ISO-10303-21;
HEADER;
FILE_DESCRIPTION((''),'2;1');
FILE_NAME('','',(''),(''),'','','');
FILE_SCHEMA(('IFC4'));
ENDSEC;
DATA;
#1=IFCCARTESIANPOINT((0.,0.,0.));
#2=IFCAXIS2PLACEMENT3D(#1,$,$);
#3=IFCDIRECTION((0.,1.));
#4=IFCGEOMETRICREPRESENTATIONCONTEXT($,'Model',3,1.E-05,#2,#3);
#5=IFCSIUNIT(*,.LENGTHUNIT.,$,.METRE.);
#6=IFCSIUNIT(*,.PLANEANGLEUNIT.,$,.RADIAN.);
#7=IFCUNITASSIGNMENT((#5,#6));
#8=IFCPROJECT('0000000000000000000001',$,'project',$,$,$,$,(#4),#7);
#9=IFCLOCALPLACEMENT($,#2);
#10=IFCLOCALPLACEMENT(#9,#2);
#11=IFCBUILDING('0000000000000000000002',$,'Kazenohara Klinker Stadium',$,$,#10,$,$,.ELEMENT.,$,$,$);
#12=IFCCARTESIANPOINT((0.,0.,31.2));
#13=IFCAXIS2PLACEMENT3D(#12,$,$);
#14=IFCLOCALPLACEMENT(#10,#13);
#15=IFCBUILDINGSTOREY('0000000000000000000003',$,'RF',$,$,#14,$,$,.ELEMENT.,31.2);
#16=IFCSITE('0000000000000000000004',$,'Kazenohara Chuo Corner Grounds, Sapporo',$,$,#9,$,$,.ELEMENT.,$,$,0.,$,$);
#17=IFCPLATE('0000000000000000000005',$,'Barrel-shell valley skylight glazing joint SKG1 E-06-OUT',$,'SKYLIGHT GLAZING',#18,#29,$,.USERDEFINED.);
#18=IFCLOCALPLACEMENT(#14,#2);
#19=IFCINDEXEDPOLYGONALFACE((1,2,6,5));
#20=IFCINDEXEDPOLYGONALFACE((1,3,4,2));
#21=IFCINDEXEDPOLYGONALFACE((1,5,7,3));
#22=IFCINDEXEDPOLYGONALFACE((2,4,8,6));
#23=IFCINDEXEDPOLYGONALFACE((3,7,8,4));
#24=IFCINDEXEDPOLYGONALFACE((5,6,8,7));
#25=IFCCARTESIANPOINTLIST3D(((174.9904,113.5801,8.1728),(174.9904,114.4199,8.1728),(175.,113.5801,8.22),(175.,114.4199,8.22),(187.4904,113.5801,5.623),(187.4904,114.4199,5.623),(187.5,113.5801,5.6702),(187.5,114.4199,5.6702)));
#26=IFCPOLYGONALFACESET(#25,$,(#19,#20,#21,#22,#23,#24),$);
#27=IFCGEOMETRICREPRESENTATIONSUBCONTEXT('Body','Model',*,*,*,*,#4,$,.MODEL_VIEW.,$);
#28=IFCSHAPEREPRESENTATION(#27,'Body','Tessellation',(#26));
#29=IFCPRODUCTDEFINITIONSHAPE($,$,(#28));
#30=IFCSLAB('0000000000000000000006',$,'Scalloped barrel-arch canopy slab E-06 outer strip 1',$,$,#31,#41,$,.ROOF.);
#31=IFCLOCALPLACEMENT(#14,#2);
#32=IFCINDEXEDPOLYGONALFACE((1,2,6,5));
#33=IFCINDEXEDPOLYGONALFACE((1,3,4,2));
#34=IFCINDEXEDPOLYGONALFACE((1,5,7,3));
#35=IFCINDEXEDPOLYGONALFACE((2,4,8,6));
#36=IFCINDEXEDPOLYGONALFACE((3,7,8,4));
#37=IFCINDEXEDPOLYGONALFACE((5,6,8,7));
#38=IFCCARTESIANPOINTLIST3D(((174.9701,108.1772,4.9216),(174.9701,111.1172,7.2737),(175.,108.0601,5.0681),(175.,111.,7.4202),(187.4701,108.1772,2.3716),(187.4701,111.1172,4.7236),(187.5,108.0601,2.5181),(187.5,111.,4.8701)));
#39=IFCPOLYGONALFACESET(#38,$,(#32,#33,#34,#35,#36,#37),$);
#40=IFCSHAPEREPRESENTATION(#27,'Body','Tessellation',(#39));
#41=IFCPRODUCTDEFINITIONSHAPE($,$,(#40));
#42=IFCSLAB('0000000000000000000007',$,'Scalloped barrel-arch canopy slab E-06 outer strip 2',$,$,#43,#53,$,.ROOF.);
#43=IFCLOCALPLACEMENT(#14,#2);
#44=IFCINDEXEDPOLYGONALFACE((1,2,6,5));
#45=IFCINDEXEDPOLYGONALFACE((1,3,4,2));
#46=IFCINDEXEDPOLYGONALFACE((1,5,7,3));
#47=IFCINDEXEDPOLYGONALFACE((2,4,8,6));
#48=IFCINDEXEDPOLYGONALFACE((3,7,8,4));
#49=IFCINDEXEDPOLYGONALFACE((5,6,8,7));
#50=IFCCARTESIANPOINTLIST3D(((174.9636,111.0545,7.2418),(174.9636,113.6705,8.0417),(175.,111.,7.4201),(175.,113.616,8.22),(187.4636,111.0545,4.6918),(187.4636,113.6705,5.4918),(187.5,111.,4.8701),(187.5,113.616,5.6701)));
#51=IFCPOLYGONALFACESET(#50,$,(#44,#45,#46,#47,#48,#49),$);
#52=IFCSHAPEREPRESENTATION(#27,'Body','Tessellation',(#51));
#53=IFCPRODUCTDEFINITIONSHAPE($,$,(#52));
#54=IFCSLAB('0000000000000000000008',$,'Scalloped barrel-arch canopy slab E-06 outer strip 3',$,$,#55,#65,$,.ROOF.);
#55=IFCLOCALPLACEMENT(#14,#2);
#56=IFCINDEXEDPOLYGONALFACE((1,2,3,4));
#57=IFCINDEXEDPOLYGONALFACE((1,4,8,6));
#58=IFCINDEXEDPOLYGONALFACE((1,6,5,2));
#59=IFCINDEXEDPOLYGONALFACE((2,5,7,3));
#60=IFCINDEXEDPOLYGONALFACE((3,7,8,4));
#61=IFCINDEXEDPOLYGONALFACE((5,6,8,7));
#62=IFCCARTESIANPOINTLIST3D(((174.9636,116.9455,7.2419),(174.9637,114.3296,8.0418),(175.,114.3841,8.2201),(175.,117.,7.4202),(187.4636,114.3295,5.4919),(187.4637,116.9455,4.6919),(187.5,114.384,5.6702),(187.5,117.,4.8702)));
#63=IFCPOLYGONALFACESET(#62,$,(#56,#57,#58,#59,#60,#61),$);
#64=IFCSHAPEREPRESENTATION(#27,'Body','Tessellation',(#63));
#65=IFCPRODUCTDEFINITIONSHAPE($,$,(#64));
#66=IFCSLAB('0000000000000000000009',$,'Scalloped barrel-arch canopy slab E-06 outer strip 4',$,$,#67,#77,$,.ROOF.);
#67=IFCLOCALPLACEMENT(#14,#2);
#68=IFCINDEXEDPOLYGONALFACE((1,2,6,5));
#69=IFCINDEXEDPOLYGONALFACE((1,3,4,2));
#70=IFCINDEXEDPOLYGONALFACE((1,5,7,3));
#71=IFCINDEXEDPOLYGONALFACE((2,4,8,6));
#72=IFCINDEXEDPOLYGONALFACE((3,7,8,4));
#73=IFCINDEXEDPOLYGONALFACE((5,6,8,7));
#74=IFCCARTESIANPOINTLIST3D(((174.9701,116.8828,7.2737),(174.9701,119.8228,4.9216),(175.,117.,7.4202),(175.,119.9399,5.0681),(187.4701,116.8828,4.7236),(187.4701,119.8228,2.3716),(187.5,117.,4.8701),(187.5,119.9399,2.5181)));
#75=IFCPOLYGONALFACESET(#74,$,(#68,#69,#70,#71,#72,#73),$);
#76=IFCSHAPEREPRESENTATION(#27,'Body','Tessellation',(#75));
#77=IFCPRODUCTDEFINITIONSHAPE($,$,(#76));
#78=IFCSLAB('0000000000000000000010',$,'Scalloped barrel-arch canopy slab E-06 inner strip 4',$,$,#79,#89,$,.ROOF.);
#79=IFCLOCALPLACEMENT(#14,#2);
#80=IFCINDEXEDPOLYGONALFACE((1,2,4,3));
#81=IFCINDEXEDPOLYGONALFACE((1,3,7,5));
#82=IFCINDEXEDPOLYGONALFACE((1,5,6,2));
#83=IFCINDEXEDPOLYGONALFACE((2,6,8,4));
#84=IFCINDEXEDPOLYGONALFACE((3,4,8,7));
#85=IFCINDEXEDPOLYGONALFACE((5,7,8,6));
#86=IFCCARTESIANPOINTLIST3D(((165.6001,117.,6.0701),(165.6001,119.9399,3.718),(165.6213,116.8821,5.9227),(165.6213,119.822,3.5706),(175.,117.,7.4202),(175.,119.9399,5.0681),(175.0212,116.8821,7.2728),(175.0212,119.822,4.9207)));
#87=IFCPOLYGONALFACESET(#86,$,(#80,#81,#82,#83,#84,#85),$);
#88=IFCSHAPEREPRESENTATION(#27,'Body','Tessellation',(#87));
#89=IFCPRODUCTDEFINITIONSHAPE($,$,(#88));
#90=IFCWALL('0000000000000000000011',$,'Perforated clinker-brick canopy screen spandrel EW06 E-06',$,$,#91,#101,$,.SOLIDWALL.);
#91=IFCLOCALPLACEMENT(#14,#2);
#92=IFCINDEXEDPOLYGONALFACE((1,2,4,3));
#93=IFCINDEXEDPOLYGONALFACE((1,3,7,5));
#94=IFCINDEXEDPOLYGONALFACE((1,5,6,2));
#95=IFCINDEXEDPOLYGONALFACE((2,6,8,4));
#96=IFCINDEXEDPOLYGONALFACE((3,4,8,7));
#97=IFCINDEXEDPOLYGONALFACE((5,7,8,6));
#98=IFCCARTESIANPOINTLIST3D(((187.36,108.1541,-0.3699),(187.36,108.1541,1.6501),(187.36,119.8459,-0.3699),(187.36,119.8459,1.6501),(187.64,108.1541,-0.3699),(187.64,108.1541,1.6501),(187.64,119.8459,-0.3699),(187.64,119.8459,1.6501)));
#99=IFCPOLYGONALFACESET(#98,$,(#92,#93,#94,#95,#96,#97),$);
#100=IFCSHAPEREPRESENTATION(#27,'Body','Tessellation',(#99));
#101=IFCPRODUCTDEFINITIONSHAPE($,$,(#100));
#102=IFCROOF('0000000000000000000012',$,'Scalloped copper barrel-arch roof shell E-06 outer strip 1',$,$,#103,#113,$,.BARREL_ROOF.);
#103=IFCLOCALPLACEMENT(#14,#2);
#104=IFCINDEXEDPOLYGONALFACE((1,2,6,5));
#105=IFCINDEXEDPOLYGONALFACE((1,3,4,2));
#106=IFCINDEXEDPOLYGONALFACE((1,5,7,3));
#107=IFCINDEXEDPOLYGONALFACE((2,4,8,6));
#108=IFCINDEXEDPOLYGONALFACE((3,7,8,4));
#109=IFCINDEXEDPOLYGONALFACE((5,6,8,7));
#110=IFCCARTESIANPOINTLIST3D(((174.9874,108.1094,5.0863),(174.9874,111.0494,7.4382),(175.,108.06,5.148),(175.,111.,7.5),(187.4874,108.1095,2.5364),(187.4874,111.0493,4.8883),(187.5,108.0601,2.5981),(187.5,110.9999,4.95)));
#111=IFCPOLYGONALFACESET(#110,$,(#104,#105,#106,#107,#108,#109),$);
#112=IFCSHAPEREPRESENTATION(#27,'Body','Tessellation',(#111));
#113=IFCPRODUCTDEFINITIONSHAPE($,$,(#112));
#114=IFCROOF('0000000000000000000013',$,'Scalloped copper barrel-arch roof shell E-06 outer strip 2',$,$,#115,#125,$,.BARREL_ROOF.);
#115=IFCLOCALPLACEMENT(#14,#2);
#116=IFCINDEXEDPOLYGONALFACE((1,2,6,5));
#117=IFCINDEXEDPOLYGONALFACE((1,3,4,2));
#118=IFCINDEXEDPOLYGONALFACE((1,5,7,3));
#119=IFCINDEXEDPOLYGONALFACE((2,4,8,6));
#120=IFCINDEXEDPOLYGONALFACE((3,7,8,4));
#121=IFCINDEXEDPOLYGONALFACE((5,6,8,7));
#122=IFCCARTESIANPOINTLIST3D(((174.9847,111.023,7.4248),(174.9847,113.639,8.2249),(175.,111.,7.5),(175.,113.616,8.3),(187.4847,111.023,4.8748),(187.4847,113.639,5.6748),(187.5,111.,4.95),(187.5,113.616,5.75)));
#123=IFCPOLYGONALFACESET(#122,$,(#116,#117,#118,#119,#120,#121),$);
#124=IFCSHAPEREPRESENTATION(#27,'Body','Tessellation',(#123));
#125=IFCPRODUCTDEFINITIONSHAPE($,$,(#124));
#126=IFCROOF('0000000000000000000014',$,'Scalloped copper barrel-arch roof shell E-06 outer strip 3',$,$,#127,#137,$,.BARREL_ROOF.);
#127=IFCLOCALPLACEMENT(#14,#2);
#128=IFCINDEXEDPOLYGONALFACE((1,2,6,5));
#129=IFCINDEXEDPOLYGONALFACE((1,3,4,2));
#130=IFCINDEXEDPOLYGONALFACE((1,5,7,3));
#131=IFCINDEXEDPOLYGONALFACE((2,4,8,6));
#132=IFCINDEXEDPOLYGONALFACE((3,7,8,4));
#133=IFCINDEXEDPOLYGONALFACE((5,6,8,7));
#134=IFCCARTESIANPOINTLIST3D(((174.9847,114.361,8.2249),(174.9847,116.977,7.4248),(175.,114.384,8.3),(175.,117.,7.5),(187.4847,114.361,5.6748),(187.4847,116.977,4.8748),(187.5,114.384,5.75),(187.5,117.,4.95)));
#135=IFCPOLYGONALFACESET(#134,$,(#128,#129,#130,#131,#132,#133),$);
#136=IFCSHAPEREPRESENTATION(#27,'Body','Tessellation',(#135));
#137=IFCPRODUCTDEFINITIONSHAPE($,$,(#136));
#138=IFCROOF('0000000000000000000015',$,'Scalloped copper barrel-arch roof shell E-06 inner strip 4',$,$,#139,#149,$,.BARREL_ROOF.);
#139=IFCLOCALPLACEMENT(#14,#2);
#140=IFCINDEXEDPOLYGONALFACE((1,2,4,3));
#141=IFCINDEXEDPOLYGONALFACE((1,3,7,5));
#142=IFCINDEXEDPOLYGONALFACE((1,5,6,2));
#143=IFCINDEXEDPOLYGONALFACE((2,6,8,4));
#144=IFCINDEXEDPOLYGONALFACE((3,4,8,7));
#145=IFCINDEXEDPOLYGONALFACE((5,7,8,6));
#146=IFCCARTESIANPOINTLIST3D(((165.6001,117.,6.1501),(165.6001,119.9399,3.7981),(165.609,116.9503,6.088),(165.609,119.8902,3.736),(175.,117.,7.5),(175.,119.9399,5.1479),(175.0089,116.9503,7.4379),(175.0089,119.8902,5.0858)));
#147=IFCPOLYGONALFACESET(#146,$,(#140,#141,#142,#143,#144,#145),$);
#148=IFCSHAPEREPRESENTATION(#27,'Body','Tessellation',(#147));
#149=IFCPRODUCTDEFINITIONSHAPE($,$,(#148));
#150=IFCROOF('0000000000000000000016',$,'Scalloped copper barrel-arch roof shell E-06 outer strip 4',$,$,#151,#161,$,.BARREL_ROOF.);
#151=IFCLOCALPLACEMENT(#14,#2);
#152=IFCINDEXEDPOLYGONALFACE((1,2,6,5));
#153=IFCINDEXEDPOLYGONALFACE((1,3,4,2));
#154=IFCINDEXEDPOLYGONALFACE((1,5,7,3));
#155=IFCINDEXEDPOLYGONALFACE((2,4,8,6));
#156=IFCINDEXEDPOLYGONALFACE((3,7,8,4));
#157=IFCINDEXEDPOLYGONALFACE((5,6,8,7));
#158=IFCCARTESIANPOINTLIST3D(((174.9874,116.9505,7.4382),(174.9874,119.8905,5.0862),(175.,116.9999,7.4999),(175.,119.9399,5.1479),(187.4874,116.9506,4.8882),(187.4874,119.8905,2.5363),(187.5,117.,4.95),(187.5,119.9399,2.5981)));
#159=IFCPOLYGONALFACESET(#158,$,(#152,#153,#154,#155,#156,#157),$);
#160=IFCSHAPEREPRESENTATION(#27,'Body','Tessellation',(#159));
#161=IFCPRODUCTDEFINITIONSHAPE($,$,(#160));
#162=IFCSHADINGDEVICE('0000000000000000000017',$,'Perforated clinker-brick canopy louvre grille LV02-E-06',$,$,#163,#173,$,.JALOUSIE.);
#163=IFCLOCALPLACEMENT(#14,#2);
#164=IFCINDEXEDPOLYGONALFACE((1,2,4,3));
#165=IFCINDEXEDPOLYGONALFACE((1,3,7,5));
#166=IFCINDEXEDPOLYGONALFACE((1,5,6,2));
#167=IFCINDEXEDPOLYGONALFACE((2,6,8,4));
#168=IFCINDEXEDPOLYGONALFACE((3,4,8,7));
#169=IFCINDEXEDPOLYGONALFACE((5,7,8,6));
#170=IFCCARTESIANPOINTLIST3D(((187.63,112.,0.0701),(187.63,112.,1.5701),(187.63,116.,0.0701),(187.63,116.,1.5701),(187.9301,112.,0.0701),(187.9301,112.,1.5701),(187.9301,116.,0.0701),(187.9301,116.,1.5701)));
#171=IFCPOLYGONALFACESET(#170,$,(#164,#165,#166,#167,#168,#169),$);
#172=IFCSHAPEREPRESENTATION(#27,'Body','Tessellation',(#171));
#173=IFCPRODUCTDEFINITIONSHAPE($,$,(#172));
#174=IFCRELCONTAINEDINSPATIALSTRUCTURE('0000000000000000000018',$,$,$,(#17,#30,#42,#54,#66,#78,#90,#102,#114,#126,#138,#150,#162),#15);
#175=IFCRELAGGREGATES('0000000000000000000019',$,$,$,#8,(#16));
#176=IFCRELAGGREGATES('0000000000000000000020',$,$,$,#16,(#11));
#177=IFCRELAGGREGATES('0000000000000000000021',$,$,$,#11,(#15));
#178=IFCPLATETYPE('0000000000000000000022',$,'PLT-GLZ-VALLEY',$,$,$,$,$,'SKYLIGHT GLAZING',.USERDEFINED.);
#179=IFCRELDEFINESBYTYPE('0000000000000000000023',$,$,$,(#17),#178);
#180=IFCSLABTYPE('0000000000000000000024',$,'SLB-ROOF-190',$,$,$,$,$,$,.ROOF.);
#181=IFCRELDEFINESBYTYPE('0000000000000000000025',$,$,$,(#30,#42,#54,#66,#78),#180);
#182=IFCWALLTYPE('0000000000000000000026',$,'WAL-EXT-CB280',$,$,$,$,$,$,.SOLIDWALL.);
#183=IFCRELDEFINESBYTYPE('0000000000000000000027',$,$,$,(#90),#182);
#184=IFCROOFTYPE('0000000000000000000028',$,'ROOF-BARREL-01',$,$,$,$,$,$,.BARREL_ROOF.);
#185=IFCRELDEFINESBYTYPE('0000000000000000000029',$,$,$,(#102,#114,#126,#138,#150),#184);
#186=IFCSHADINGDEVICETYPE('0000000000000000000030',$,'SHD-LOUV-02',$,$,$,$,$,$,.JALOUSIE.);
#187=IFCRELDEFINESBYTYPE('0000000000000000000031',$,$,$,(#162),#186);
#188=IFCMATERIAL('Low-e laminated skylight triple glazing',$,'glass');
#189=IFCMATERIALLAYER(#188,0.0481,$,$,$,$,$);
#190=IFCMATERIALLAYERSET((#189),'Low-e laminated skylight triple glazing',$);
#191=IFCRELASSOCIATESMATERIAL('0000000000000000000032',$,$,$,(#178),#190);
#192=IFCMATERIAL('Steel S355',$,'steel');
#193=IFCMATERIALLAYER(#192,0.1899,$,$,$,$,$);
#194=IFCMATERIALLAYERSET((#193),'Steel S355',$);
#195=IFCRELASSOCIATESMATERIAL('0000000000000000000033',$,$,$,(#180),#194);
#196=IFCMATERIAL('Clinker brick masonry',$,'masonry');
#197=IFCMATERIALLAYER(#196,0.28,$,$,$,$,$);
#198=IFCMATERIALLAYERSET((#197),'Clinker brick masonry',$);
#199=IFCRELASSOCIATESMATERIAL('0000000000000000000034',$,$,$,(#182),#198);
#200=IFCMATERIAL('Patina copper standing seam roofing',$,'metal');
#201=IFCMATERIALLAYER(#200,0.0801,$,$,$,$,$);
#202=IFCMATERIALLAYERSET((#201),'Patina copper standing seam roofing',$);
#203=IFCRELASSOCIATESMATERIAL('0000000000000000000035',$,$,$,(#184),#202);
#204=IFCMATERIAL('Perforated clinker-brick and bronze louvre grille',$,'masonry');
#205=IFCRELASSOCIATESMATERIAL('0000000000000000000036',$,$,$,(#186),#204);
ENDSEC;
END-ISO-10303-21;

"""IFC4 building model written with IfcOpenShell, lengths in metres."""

from ifc_helpers import new_model, si_unit, direction, frame, frame_2d, origin, origin_2d, place, context, subcontext, project, spatial, polyline, rectangle, outline, extrude, material, layer, layer_set, type_object, element, save


model = new_model("IFC4")

# Units and contexts
model_context = context("Model", 3, precision=1e-05, world=origin(), true_north=direction((0.0, 1.0)))
body_context = subcontext(model_context, "Body", "Model", "MODEL_VIEW")
ifc_project = project(units=[si_unit("LENGTHUNIT", "METRE"), si_unit("PLANEANGLEUNIT", "RADIAN")], contexts=[model_context])

# Site, building, storey
site_placement = place(None, origin())
site = spatial("IfcSite", under=ifc_project, at=site_placement, Name="Kazenohara Chuo Corner Grounds, Sapporo", CompositionType="ELEMENT", RefElevation=0.0)
building_placement = place(site_placement, origin())
building = spatial("IfcBuilding", under=site, at=building_placement, Name="Kazenohara Klinker Stadium", CompositionType="ELEMENT")
storey_placement = place(building_placement, frame((0.0, 0.0, 31.2)))
storey = spatial("IfcBuildingStorey", under=building, at=storey_placement, Name="RF", CompositionType="ELEMENT", Elevation=31.2)

# Shared definitions
ifc_material_1 = material(Name="Steel S355", Category="steel")

# Plate
ifc_material_2 = material(Name="Low-e laminated skylight triple glazing", Category="glass")
ifc_layer_1 = layer(ifc_material_2, 0.0481)
ifc_layer_set_1 = layer_set([ifc_layer_1], Name="Low-e laminated skylight triple glazing")
plate_type_1 = type_object("IfcPlateType", Name="PLT-GLZ-VALLEY", ElementType="SKYLIGHT GLAZING", PredefinedType="USERDEFINED", material=ifc_layer_set_1)
plate_1_placement = place(storey_placement, frame((187.5, 113.5801, 5.6702), z_axis=(0.199869, 0.0, 0.979823), x_axis=(-0.979823, 0.0, 0.199869)))
element("IfcPlate", 1, at=plate_1_placement, inside=storey, type_object=plate_type_1, Name="Barrel-shell valley skylight glazing joint SKG1 E-06-OUT", ObjectType="SKYLIGHT GLAZING", PredefinedType="USERDEFINED", context=body_context, shape_type="SweptSolid", body=[
    extrude(outline(polyline([(0.0, 0.0), (12.7574, 0.0), (12.7574, -0.8398), (0.0, -0.8398), (0.0, 0.0)])), origin(), (0.0, 0.0, -1.0), 0.0481),
])

# Slabs
ifc_layer_2 = layer(ifc_material_1, 0.1899)
ifc_layer_set_2 = layer_set([ifc_layer_2], Name="Steel S355")
slab_type = type_object("IfcSlabType", Name="SLB-ROOF-190", PredefinedType="ROOF", material=ifc_layer_set_2)
slab_1_placement = place(storey_placement, frame((187.5, 108.0601, 2.5181), z_axis=(0.157314, -0.616932, 0.771133), x_axis=(-0.979819, 0.0, 0.199887)))
element("IfcSlab", 2, at=slab_1_placement, inside=storey, type_object=slab_type, Name="Scalloped barrel-arch canopy slab E-06 outer strip 1", PredefinedType="ROOF", context=body_context, shape_type="SweptSolid", body=[
    extrude(outline(polyline([(0.0, 0.0), (12.7575, 0.0), (13.2276, -3.7356), (0.4701, -3.7356), (0.0, 0.0)])), origin(), (0.0, 0.0, -1.0), 0.1899),
])
slab_2_placement = place(storey_placement, frame((187.5, 111.0, 4.8701), z_axis=(0.191468, -0.28701, 0.938597), x_axis=(-0.979821, 0.000003, 0.199878)))
element("IfcSlab", 3, at=slab_2_placement, inside=storey, type_object=slab_type, Name="Scalloped barrel-arch canopy slab E-06 outer strip 2", PredefinedType="ROOF", context=body_context, shape_type="SweptSolid", body=[
    extrude(outline(polyline([(0.0, 0.0), (12.7575, 0.0), (12.9173, -2.7308), (0.1599, -2.7309), (0.0, 0.0)])), origin(), (0.0, 0.0, -1.0), 0.1899),
])
slab_3_placement = place(storey_placement, frame((187.5, 114.384, 5.6702), z_axis=(0.191468, 0.28701, 0.938597), x_axis=(-0.979821, 0.000003, 0.199877)))
element("IfcSlab", 4, at=slab_3_placement, inside=storey, type_object=slab_type, Name="Scalloped barrel-arch canopy slab E-06 outer strip 3", PredefinedType="ROOF", context=body_context, shape_type="SweptSolid", body=[
    extrude(outline(polyline([(0.0, 0.0), (12.7574, 0.0), (12.5976, -2.7308), (-0.1599, -2.7309), (0.0, 0.0)])), origin(), (0.0, 0.0, -1.0), 0.1899),
])
slab_4_placement = place(storey_placement, frame((187.5, 117.0, 4.8701), z_axis=(0.157314, 0.616932, 0.771133), x_axis=(-0.979819, 0.0, 0.199887)))
element("IfcSlab", 5, at=slab_4_placement, inside=storey, type_object=slab_type, Name="Scalloped barrel-arch canopy slab E-06 outer strip 4", PredefinedType="ROOF", context=body_context, shape_type="SweptSolid", body=[
    extrude(outline(polyline([(0.0, 0.0), (12.7575, 0.0), (12.2873, -3.7356), (-0.4701, -3.7356), (0.0, 0.0)])), origin(), (0.0, 0.0, -1.0), 0.1899),
])
slab_5_placement = place(storey_placement, frame((175.0, 117.0, 7.4202), z_axis=(-0.111455, 0.620819, 0.775991), x_axis=(-0.989842, 0.0, -0.14217)))
element("IfcSlab", 6, at=slab_5_placement, inside=storey, type_object=slab_type, Name="Scalloped barrel-arch canopy slab E-06 inner strip 4", PredefinedType="ROOF", context=body_context, shape_type="SweptSolid", body=[
    extrude(outline(polyline([(0.0, 0.0), (9.4964, 0.0), (9.8308, -3.7501), (0.3344, -3.7501), (0.0, 0.0)])), origin(), (0.0, 0.0, -1.0), 0.1899),
])

# Wall
ifc_material_3 = material(Name="Clinker brick masonry", Category="masonry")
ifc_layer_3 = layer(ifc_material_3, 0.28)
ifc_layer_set_3 = layer_set([ifc_layer_3], Name="Clinker brick masonry")
wall_type = type_object("IfcWallType", Name="WAL-EXT-CB280", PredefinedType="SOLIDWALL", material=ifc_layer_set_3)
wall_placement = place(storey_placement, frame((187.5, 108.1541, -0.3699), z_axis=(0.0, 0.0, 1.0), x_axis=(0.0, 1.0, 0.0)))
element("IfcWall", 7, at=wall_placement, inside=storey, type_object=wall_type, Name="Perforated clinker-brick canopy screen spandrel EW06 E-06", PredefinedType="SOLIDWALL", context=body_context, shape_type="SweptSolid", body=[
    extrude(rectangle(XDim=11.6919, YDim=0.28, at=frame_2d((5.8459, 0.0))), origin(), (0.0, 0.0, 1.0), 2.02),
])

# Roofs
ifc_material_4 = material(Name="Patina copper standing seam roofing", Category="metal")
ifc_layer_4 = layer(ifc_material_4, 0.0801)
ifc_layer_set_4 = layer_set([ifc_layer_4], Name="Patina copper standing seam roofing")
roof_type = type_object("IfcRoofType", Name="ROOF-BARREL-01", PredefinedType="BARREL_ROOF", material=ifc_layer_set_4)
roof_1_placement = place(storey_placement, frame((187.5, 108.0601, 2.5981), z_axis=(0.15731, -0.616913, 0.77115), x_axis=(-0.979822, -0.000005, 0.199874)))
element("IfcRoof", 8, at=roof_1_placement, inside=storey, type_object=roof_type, Name="Scalloped copper barrel-arch roof shell E-06 outer strip 1", PredefinedType="BARREL_ROOF", context=body_context, shape_type="SweptSolid", body=[
    extrude(outline(polyline([(0.0, 0.0), (12.7574, 0.0), (13.2275, -3.7356), (0.4701, -3.7354), (0.0, 0.0)])), origin(), (0.0, 0.0, -1.0), 0.0801),
])
roof_2_placement = place(storey_placement, frame((187.5, 111.0, 4.95), z_axis=(0.191475, -0.28705, 0.938584), x_axis=(-0.979819, 0.0, 0.199887)))
element("IfcRoof", 9, at=roof_2_placement, inside=storey, type_object=roof_type, Name="Scalloped copper barrel-arch roof shell E-06 outer strip 2", PredefinedType="BARREL_ROOF", context=body_context, shape_type="SweptSolid", body=[
    extrude(outline(polyline([(0.0, 0.0), (12.7575, 0.0), (12.9174, -2.7309), (0.1599, -2.7309), (0.0, 0.0)])), origin(), (0.0, 0.0, -1.0), 0.0801),
])
roof_3_placement = place(storey_placement, frame((187.5, 114.384, 5.75), z_axis=(0.191475, 0.28705, 0.938584), x_axis=(-0.979819, 0.0, 0.199887)))
element("IfcRoof", 10, at=roof_3_placement, inside=storey, type_object=roof_type, Name="Scalloped copper barrel-arch roof shell E-06 outer strip 3", PredefinedType="BARREL_ROOF", context=body_context, shape_type="SweptSolid", body=[
    extrude(outline(polyline([(0.0, 0.0), (12.7575, 0.0), (12.5975, -2.7309), (-0.1599, -2.7309), (0.0, 0.0)])), origin(), (0.0, 0.0, -1.0), 0.0801),
])
roof_4_placement = place(storey_placement, frame((175.0, 117.0, 7.5), z_axis=(-0.111435, 0.62082, 0.775993), x_axis=(-0.989846, 0.0, -0.142145)))
element("IfcRoof", 11, at=roof_4_placement, inside=storey, type_object=roof_type, Name="Scalloped copper barrel-arch roof shell E-06 inner strip 4", PredefinedType="BARREL_ROOF", context=body_context, shape_type="SweptSolid", body=[
    extrude(outline(polyline([(0.0, 0.0), (9.4963, 0.0), (9.8307, -3.7501), (0.3343, -3.7501), (0.0, 0.0)])), origin(), (0.0, 0.0, -1.0), 0.0801),
])
roof_5_placement = place(storey_placement, frame((187.5, 117.0, 4.95), z_axis=(0.15731, 0.616913, 0.77115), x_axis=(-0.97982, -0.000005, 0.199881)))
element("IfcRoof", 12, at=roof_5_placement, inside=storey, type_object=roof_type, Name="Scalloped copper barrel-arch roof shell E-06 outer strip 4", PredefinedType="BARREL_ROOF", context=body_context, shape_type="SweptSolid", body=[
    extrude(outline(polyline([(0.0, 0.0), (12.7575, 0.0), (12.2873, -3.7356), (-0.4701, -3.7354), (0.0, 0.0)])), origin(), (0.0, 0.0, -1.0), 0.0801),
])

# Shading device
ifc_material_5 = material(Name="Perforated clinker-brick and bronze louvre grille", Category="masonry")
shading_device_type = type_object("IfcShadingDeviceType", Name="SHD-LOUV-02", PredefinedType="JALOUSIE", material=ifc_material_5)
shading_device_placement = place(storey_placement, frame((187.78, 114.0, 0.0701), z_axis=(0.0, 0.0, 1.0), x_axis=(0.0, 1.0, 0.0)))
element("IfcShadingDevice", 13, at=shading_device_placement, inside=storey, type_object=shading_device_type, Name="Perforated clinker-brick canopy louvre grille LV02-E-06", PredefinedType="JALOUSIE", context=body_context, shape_type="SweptSolid", body=[
    extrude(rectangle(XDim=4.0, YDim=0.3, at=origin_2d()), origin(), (0.0, 0.0, 1.0), 1.5),
])

save(model, "model.ifc")
